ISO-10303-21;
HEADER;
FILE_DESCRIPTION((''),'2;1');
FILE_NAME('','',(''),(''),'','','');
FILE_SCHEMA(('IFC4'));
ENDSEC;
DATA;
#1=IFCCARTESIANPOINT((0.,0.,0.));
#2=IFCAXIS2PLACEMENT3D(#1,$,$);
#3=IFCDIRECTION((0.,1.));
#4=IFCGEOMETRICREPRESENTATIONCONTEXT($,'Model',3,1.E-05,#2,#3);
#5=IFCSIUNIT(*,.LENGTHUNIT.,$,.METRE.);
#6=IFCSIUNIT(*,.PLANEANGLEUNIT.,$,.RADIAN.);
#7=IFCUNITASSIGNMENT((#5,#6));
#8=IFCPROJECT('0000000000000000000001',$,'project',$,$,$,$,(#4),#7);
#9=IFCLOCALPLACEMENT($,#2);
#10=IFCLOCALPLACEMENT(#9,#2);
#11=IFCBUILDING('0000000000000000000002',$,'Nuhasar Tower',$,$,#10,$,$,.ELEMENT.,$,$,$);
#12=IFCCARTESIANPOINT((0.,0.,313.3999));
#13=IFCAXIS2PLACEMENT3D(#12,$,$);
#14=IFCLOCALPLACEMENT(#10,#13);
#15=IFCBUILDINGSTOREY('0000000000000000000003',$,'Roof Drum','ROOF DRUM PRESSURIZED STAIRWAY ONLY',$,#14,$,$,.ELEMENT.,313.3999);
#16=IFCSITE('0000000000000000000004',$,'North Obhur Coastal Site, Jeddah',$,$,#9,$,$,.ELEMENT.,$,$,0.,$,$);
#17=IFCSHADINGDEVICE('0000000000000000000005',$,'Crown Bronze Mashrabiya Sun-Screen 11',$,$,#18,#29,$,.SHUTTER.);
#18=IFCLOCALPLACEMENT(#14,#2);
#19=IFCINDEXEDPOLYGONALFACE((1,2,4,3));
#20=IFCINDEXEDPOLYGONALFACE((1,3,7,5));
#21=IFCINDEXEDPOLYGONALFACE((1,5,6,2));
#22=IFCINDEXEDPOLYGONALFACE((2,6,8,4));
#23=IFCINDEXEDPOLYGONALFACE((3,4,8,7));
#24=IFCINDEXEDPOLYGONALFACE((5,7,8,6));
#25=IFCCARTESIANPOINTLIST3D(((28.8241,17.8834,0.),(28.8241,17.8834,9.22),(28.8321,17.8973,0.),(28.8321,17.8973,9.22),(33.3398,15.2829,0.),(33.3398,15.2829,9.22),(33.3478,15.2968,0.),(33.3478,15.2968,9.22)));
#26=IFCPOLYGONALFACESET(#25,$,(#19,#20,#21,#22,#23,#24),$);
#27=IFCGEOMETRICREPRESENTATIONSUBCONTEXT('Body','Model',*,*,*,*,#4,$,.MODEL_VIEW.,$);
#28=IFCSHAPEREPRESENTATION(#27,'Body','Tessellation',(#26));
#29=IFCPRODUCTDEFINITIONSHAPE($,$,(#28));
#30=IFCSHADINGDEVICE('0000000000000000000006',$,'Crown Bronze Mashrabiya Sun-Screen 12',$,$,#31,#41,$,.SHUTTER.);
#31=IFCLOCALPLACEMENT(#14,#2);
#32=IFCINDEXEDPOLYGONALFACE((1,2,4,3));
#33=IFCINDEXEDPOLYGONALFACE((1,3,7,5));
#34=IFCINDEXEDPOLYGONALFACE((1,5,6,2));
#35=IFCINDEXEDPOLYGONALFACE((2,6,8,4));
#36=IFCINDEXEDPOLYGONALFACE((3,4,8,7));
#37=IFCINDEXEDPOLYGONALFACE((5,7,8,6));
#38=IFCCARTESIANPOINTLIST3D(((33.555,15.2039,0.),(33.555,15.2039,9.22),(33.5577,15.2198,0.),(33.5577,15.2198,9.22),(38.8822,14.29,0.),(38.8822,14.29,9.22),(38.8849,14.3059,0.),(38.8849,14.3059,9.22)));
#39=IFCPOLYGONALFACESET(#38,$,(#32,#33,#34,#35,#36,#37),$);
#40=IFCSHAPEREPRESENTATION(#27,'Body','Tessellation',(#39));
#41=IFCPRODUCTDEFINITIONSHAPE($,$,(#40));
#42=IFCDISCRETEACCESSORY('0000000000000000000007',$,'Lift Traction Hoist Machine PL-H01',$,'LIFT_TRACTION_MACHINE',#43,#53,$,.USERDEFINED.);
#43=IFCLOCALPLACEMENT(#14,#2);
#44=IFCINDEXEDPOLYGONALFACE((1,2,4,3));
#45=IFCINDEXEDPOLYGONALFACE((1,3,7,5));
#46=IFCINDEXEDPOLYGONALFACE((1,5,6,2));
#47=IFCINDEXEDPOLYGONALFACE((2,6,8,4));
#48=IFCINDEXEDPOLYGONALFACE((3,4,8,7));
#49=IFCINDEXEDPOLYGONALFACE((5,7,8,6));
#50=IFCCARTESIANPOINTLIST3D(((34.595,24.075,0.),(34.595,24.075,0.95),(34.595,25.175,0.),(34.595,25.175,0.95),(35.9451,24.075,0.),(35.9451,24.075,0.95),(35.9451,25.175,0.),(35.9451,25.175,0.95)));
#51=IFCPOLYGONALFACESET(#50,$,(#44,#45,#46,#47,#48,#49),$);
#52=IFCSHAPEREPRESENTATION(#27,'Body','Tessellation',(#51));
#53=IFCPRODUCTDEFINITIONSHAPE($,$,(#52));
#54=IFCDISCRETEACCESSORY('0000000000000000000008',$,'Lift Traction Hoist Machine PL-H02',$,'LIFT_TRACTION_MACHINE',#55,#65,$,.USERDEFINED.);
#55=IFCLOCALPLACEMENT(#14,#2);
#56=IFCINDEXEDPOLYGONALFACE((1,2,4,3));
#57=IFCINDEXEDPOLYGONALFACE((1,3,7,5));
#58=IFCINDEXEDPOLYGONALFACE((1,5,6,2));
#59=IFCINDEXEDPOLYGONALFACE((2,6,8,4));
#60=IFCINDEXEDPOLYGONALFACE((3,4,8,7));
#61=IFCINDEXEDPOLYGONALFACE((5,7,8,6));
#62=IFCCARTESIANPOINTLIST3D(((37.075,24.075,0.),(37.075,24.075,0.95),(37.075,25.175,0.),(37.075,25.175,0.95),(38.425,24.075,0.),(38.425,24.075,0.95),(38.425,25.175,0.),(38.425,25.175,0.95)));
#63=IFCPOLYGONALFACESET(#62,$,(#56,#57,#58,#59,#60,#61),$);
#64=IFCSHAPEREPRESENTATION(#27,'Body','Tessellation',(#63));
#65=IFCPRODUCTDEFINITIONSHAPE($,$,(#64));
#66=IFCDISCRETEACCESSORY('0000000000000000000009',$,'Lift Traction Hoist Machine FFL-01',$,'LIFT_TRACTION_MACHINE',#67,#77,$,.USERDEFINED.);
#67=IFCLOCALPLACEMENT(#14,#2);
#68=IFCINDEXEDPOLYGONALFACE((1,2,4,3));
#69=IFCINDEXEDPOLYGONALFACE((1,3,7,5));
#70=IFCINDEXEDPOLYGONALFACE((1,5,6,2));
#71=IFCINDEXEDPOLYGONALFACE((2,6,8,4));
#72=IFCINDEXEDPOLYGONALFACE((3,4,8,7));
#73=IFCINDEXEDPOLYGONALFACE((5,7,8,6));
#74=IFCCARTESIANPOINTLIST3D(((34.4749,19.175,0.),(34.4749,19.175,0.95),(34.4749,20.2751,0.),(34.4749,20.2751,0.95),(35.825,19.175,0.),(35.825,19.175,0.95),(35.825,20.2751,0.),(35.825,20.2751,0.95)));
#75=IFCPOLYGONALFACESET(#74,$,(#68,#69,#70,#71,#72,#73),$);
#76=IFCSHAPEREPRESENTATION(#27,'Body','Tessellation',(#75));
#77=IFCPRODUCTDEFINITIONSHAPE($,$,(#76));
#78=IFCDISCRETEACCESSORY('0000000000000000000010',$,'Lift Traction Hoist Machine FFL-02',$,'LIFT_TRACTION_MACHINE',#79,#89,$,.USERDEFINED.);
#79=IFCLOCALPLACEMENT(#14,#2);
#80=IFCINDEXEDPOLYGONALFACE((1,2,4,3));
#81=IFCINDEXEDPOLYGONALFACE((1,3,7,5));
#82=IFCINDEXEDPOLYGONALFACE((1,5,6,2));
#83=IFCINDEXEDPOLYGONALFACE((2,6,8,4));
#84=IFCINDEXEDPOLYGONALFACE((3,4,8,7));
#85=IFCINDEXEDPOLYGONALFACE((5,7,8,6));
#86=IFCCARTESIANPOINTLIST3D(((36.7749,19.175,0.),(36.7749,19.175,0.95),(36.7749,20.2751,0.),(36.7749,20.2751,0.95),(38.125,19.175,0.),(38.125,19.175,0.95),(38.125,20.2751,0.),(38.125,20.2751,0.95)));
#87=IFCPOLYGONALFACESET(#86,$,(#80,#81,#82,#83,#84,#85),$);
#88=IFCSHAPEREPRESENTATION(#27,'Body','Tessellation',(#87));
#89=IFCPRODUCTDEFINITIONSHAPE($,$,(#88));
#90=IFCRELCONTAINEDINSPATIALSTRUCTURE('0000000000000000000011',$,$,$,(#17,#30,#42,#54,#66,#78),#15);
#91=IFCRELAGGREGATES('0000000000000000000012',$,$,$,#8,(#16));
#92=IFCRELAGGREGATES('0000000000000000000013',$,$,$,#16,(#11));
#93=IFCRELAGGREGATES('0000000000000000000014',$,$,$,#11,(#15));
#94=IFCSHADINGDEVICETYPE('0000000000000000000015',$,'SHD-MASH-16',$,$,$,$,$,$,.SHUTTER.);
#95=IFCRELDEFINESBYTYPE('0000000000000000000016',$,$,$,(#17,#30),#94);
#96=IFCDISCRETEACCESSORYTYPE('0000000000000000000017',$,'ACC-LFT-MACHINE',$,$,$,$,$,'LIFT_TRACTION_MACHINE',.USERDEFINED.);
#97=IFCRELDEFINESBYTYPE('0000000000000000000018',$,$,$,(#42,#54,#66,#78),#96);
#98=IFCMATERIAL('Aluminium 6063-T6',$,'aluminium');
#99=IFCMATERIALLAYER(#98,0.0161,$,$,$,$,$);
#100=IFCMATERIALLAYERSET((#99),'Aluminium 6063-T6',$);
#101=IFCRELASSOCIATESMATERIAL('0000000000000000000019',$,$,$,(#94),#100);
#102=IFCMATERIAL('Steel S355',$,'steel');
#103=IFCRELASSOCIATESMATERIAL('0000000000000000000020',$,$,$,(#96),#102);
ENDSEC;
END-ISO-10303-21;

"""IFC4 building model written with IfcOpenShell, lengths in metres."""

from ifc_helpers import new_model, si_unit, direction, frame, origin, origin_2d, place, context, subcontext, project, spatial, rectangle, extrude, material, layer, layer_set, type_object, element, save


model = new_model("IFC4")

# Units and contexts
model_context = context("Model", 3, precision=1e-05, world=origin(), true_north=direction((0.0, 1.0)))
body_context = subcontext(model_context, "Body", "Model", "MODEL_VIEW")
ifc_project = project(units=[si_unit("LENGTHUNIT", "METRE"), si_unit("PLANEANGLEUNIT", "RADIAN")], contexts=[model_context])

# Site, building, storey
site_placement = place(None, origin())
site = spatial("IfcSite", under=ifc_project, at=site_placement, Name="North Obhur Coastal Site, Jeddah", CompositionType="ELEMENT", RefElevation=0.0)
building_placement = place(site_placement, origin())
building = spatial("IfcBuilding", under=site, at=building_placement, Name="Nuhasar Tower", CompositionType="ELEMENT")
storey_placement = place(building_placement, frame((0.0, 0.0, 313.3999)))
storey = spatial("IfcBuildingStorey", under=building, at=storey_placement, Name="Roof Drum", Description="ROOF DRUM PRESSURIZED STAIRWAY ONLY", CompositionType="ELEMENT", Elevation=313.3999)

# Shared definitions
ifc_material_1 = material(Name="Steel S355", Category="steel")

# Shared definitions
ifc_material_2 = material(Name="Aluminium 6063-T6", Category="aluminium")

# Shading devices
ifc_layer_1 = layer(ifc_material_2, 0.0161)
ifc_layer_set_1 = layer_set([ifc_layer_1], Name="Aluminium 6063-T6")
shading_device_type = type_object("IfcShadingDeviceType", Name="SHD-MASH-16", PredefinedType="SHUTTER", material=ifc_layer_set_1)
shading_device_1_placement = place(storey_placement, frame((31.0859, 16.5901, 0.0), z_axis=(0.0, 0.0, 1.0), x_axis=(0.866575, -0.499047, 0.0)))
element("IfcShadingDevice", 1, at=shading_device_1_placement, inside=storey, type_object=shading_device_type, Name="Crown Bronze Mashrabiya Sun-Screen 11", PredefinedType="SHUTTER", context=body_context, shape_type="SweptSolid", body=[
    extrude(rectangle(XDim=5.2109, YDim=0.0161, at=origin_2d()), origin(), (0.0, 0.0, 1.0), 9.22),
])
shading_device_2_placement = place(storey_placement, frame((36.22, 14.7549, 0.0), z_axis=(0.0, 0.0, 1.0), x_axis=(0.9856, -0.169091, 0.0)))
element("IfcShadingDevice", 2, at=shading_device_2_placement, inside=storey, type_object=shading_device_type, Name="Crown Bronze Mashrabiya Sun-Screen 12", PredefinedType="SHUTTER", context=body_context, shape_type="SweptSolid", body=[
    extrude(rectangle(XDim=5.405, YDim=0.0161, at=origin_2d()), origin(), (0.0, 0.0, 1.0), 9.22),
])

# Discrete accessories
discrete_accessory_type = type_object("IfcDiscreteAccessoryType", Name="ACC-LFT-MACHINE", ElementType="LIFT_TRACTION_MACHINE", PredefinedType="USERDEFINED", material=ifc_material_1)
for number, where, z_axis, x_axis, name in (
    (3, (35.27, 24.625, 0.0), (0.0, 0.0, 1.0), (1.0, 0.0, 0.0), "Lift Traction Hoist Machine PL-H01"),
    (4, (37.75, 24.625, 0.0), (0.0, 0.0, 1.0), (1.0, 0.0, 0.0), "Lift Traction Hoist Machine PL-H02"),
    (5, (35.1499, 19.7251, 0.0), (0.0, 0.0, 1.0), (1.0, 0.0, 0.0), "Lift Traction Hoist Machine FFL-01"),
    (6, (37.45, 19.7251, 0.0), (0.0, 0.0, 1.0), (1.0, 0.0, 0.0), "Lift Traction Hoist Machine FFL-02"),
):
    element("IfcDiscreteAccessory", number, at=place(storey_placement, frame(where, z_axis=z_axis, x_axis=x_axis)), inside=storey, type_object=discrete_accessory_type, Name=name, ObjectType="LIFT_TRACTION_MACHINE", PredefinedType="USERDEFINED", context=body_context, shape_type="SweptSolid", body=[
        extrude(rectangle(XDim=1.3501, YDim=1.1001, at=origin_2d()), origin(), (0.0, 0.0, 1.0), 0.95),
    ])

save(model, "model.ifc")
